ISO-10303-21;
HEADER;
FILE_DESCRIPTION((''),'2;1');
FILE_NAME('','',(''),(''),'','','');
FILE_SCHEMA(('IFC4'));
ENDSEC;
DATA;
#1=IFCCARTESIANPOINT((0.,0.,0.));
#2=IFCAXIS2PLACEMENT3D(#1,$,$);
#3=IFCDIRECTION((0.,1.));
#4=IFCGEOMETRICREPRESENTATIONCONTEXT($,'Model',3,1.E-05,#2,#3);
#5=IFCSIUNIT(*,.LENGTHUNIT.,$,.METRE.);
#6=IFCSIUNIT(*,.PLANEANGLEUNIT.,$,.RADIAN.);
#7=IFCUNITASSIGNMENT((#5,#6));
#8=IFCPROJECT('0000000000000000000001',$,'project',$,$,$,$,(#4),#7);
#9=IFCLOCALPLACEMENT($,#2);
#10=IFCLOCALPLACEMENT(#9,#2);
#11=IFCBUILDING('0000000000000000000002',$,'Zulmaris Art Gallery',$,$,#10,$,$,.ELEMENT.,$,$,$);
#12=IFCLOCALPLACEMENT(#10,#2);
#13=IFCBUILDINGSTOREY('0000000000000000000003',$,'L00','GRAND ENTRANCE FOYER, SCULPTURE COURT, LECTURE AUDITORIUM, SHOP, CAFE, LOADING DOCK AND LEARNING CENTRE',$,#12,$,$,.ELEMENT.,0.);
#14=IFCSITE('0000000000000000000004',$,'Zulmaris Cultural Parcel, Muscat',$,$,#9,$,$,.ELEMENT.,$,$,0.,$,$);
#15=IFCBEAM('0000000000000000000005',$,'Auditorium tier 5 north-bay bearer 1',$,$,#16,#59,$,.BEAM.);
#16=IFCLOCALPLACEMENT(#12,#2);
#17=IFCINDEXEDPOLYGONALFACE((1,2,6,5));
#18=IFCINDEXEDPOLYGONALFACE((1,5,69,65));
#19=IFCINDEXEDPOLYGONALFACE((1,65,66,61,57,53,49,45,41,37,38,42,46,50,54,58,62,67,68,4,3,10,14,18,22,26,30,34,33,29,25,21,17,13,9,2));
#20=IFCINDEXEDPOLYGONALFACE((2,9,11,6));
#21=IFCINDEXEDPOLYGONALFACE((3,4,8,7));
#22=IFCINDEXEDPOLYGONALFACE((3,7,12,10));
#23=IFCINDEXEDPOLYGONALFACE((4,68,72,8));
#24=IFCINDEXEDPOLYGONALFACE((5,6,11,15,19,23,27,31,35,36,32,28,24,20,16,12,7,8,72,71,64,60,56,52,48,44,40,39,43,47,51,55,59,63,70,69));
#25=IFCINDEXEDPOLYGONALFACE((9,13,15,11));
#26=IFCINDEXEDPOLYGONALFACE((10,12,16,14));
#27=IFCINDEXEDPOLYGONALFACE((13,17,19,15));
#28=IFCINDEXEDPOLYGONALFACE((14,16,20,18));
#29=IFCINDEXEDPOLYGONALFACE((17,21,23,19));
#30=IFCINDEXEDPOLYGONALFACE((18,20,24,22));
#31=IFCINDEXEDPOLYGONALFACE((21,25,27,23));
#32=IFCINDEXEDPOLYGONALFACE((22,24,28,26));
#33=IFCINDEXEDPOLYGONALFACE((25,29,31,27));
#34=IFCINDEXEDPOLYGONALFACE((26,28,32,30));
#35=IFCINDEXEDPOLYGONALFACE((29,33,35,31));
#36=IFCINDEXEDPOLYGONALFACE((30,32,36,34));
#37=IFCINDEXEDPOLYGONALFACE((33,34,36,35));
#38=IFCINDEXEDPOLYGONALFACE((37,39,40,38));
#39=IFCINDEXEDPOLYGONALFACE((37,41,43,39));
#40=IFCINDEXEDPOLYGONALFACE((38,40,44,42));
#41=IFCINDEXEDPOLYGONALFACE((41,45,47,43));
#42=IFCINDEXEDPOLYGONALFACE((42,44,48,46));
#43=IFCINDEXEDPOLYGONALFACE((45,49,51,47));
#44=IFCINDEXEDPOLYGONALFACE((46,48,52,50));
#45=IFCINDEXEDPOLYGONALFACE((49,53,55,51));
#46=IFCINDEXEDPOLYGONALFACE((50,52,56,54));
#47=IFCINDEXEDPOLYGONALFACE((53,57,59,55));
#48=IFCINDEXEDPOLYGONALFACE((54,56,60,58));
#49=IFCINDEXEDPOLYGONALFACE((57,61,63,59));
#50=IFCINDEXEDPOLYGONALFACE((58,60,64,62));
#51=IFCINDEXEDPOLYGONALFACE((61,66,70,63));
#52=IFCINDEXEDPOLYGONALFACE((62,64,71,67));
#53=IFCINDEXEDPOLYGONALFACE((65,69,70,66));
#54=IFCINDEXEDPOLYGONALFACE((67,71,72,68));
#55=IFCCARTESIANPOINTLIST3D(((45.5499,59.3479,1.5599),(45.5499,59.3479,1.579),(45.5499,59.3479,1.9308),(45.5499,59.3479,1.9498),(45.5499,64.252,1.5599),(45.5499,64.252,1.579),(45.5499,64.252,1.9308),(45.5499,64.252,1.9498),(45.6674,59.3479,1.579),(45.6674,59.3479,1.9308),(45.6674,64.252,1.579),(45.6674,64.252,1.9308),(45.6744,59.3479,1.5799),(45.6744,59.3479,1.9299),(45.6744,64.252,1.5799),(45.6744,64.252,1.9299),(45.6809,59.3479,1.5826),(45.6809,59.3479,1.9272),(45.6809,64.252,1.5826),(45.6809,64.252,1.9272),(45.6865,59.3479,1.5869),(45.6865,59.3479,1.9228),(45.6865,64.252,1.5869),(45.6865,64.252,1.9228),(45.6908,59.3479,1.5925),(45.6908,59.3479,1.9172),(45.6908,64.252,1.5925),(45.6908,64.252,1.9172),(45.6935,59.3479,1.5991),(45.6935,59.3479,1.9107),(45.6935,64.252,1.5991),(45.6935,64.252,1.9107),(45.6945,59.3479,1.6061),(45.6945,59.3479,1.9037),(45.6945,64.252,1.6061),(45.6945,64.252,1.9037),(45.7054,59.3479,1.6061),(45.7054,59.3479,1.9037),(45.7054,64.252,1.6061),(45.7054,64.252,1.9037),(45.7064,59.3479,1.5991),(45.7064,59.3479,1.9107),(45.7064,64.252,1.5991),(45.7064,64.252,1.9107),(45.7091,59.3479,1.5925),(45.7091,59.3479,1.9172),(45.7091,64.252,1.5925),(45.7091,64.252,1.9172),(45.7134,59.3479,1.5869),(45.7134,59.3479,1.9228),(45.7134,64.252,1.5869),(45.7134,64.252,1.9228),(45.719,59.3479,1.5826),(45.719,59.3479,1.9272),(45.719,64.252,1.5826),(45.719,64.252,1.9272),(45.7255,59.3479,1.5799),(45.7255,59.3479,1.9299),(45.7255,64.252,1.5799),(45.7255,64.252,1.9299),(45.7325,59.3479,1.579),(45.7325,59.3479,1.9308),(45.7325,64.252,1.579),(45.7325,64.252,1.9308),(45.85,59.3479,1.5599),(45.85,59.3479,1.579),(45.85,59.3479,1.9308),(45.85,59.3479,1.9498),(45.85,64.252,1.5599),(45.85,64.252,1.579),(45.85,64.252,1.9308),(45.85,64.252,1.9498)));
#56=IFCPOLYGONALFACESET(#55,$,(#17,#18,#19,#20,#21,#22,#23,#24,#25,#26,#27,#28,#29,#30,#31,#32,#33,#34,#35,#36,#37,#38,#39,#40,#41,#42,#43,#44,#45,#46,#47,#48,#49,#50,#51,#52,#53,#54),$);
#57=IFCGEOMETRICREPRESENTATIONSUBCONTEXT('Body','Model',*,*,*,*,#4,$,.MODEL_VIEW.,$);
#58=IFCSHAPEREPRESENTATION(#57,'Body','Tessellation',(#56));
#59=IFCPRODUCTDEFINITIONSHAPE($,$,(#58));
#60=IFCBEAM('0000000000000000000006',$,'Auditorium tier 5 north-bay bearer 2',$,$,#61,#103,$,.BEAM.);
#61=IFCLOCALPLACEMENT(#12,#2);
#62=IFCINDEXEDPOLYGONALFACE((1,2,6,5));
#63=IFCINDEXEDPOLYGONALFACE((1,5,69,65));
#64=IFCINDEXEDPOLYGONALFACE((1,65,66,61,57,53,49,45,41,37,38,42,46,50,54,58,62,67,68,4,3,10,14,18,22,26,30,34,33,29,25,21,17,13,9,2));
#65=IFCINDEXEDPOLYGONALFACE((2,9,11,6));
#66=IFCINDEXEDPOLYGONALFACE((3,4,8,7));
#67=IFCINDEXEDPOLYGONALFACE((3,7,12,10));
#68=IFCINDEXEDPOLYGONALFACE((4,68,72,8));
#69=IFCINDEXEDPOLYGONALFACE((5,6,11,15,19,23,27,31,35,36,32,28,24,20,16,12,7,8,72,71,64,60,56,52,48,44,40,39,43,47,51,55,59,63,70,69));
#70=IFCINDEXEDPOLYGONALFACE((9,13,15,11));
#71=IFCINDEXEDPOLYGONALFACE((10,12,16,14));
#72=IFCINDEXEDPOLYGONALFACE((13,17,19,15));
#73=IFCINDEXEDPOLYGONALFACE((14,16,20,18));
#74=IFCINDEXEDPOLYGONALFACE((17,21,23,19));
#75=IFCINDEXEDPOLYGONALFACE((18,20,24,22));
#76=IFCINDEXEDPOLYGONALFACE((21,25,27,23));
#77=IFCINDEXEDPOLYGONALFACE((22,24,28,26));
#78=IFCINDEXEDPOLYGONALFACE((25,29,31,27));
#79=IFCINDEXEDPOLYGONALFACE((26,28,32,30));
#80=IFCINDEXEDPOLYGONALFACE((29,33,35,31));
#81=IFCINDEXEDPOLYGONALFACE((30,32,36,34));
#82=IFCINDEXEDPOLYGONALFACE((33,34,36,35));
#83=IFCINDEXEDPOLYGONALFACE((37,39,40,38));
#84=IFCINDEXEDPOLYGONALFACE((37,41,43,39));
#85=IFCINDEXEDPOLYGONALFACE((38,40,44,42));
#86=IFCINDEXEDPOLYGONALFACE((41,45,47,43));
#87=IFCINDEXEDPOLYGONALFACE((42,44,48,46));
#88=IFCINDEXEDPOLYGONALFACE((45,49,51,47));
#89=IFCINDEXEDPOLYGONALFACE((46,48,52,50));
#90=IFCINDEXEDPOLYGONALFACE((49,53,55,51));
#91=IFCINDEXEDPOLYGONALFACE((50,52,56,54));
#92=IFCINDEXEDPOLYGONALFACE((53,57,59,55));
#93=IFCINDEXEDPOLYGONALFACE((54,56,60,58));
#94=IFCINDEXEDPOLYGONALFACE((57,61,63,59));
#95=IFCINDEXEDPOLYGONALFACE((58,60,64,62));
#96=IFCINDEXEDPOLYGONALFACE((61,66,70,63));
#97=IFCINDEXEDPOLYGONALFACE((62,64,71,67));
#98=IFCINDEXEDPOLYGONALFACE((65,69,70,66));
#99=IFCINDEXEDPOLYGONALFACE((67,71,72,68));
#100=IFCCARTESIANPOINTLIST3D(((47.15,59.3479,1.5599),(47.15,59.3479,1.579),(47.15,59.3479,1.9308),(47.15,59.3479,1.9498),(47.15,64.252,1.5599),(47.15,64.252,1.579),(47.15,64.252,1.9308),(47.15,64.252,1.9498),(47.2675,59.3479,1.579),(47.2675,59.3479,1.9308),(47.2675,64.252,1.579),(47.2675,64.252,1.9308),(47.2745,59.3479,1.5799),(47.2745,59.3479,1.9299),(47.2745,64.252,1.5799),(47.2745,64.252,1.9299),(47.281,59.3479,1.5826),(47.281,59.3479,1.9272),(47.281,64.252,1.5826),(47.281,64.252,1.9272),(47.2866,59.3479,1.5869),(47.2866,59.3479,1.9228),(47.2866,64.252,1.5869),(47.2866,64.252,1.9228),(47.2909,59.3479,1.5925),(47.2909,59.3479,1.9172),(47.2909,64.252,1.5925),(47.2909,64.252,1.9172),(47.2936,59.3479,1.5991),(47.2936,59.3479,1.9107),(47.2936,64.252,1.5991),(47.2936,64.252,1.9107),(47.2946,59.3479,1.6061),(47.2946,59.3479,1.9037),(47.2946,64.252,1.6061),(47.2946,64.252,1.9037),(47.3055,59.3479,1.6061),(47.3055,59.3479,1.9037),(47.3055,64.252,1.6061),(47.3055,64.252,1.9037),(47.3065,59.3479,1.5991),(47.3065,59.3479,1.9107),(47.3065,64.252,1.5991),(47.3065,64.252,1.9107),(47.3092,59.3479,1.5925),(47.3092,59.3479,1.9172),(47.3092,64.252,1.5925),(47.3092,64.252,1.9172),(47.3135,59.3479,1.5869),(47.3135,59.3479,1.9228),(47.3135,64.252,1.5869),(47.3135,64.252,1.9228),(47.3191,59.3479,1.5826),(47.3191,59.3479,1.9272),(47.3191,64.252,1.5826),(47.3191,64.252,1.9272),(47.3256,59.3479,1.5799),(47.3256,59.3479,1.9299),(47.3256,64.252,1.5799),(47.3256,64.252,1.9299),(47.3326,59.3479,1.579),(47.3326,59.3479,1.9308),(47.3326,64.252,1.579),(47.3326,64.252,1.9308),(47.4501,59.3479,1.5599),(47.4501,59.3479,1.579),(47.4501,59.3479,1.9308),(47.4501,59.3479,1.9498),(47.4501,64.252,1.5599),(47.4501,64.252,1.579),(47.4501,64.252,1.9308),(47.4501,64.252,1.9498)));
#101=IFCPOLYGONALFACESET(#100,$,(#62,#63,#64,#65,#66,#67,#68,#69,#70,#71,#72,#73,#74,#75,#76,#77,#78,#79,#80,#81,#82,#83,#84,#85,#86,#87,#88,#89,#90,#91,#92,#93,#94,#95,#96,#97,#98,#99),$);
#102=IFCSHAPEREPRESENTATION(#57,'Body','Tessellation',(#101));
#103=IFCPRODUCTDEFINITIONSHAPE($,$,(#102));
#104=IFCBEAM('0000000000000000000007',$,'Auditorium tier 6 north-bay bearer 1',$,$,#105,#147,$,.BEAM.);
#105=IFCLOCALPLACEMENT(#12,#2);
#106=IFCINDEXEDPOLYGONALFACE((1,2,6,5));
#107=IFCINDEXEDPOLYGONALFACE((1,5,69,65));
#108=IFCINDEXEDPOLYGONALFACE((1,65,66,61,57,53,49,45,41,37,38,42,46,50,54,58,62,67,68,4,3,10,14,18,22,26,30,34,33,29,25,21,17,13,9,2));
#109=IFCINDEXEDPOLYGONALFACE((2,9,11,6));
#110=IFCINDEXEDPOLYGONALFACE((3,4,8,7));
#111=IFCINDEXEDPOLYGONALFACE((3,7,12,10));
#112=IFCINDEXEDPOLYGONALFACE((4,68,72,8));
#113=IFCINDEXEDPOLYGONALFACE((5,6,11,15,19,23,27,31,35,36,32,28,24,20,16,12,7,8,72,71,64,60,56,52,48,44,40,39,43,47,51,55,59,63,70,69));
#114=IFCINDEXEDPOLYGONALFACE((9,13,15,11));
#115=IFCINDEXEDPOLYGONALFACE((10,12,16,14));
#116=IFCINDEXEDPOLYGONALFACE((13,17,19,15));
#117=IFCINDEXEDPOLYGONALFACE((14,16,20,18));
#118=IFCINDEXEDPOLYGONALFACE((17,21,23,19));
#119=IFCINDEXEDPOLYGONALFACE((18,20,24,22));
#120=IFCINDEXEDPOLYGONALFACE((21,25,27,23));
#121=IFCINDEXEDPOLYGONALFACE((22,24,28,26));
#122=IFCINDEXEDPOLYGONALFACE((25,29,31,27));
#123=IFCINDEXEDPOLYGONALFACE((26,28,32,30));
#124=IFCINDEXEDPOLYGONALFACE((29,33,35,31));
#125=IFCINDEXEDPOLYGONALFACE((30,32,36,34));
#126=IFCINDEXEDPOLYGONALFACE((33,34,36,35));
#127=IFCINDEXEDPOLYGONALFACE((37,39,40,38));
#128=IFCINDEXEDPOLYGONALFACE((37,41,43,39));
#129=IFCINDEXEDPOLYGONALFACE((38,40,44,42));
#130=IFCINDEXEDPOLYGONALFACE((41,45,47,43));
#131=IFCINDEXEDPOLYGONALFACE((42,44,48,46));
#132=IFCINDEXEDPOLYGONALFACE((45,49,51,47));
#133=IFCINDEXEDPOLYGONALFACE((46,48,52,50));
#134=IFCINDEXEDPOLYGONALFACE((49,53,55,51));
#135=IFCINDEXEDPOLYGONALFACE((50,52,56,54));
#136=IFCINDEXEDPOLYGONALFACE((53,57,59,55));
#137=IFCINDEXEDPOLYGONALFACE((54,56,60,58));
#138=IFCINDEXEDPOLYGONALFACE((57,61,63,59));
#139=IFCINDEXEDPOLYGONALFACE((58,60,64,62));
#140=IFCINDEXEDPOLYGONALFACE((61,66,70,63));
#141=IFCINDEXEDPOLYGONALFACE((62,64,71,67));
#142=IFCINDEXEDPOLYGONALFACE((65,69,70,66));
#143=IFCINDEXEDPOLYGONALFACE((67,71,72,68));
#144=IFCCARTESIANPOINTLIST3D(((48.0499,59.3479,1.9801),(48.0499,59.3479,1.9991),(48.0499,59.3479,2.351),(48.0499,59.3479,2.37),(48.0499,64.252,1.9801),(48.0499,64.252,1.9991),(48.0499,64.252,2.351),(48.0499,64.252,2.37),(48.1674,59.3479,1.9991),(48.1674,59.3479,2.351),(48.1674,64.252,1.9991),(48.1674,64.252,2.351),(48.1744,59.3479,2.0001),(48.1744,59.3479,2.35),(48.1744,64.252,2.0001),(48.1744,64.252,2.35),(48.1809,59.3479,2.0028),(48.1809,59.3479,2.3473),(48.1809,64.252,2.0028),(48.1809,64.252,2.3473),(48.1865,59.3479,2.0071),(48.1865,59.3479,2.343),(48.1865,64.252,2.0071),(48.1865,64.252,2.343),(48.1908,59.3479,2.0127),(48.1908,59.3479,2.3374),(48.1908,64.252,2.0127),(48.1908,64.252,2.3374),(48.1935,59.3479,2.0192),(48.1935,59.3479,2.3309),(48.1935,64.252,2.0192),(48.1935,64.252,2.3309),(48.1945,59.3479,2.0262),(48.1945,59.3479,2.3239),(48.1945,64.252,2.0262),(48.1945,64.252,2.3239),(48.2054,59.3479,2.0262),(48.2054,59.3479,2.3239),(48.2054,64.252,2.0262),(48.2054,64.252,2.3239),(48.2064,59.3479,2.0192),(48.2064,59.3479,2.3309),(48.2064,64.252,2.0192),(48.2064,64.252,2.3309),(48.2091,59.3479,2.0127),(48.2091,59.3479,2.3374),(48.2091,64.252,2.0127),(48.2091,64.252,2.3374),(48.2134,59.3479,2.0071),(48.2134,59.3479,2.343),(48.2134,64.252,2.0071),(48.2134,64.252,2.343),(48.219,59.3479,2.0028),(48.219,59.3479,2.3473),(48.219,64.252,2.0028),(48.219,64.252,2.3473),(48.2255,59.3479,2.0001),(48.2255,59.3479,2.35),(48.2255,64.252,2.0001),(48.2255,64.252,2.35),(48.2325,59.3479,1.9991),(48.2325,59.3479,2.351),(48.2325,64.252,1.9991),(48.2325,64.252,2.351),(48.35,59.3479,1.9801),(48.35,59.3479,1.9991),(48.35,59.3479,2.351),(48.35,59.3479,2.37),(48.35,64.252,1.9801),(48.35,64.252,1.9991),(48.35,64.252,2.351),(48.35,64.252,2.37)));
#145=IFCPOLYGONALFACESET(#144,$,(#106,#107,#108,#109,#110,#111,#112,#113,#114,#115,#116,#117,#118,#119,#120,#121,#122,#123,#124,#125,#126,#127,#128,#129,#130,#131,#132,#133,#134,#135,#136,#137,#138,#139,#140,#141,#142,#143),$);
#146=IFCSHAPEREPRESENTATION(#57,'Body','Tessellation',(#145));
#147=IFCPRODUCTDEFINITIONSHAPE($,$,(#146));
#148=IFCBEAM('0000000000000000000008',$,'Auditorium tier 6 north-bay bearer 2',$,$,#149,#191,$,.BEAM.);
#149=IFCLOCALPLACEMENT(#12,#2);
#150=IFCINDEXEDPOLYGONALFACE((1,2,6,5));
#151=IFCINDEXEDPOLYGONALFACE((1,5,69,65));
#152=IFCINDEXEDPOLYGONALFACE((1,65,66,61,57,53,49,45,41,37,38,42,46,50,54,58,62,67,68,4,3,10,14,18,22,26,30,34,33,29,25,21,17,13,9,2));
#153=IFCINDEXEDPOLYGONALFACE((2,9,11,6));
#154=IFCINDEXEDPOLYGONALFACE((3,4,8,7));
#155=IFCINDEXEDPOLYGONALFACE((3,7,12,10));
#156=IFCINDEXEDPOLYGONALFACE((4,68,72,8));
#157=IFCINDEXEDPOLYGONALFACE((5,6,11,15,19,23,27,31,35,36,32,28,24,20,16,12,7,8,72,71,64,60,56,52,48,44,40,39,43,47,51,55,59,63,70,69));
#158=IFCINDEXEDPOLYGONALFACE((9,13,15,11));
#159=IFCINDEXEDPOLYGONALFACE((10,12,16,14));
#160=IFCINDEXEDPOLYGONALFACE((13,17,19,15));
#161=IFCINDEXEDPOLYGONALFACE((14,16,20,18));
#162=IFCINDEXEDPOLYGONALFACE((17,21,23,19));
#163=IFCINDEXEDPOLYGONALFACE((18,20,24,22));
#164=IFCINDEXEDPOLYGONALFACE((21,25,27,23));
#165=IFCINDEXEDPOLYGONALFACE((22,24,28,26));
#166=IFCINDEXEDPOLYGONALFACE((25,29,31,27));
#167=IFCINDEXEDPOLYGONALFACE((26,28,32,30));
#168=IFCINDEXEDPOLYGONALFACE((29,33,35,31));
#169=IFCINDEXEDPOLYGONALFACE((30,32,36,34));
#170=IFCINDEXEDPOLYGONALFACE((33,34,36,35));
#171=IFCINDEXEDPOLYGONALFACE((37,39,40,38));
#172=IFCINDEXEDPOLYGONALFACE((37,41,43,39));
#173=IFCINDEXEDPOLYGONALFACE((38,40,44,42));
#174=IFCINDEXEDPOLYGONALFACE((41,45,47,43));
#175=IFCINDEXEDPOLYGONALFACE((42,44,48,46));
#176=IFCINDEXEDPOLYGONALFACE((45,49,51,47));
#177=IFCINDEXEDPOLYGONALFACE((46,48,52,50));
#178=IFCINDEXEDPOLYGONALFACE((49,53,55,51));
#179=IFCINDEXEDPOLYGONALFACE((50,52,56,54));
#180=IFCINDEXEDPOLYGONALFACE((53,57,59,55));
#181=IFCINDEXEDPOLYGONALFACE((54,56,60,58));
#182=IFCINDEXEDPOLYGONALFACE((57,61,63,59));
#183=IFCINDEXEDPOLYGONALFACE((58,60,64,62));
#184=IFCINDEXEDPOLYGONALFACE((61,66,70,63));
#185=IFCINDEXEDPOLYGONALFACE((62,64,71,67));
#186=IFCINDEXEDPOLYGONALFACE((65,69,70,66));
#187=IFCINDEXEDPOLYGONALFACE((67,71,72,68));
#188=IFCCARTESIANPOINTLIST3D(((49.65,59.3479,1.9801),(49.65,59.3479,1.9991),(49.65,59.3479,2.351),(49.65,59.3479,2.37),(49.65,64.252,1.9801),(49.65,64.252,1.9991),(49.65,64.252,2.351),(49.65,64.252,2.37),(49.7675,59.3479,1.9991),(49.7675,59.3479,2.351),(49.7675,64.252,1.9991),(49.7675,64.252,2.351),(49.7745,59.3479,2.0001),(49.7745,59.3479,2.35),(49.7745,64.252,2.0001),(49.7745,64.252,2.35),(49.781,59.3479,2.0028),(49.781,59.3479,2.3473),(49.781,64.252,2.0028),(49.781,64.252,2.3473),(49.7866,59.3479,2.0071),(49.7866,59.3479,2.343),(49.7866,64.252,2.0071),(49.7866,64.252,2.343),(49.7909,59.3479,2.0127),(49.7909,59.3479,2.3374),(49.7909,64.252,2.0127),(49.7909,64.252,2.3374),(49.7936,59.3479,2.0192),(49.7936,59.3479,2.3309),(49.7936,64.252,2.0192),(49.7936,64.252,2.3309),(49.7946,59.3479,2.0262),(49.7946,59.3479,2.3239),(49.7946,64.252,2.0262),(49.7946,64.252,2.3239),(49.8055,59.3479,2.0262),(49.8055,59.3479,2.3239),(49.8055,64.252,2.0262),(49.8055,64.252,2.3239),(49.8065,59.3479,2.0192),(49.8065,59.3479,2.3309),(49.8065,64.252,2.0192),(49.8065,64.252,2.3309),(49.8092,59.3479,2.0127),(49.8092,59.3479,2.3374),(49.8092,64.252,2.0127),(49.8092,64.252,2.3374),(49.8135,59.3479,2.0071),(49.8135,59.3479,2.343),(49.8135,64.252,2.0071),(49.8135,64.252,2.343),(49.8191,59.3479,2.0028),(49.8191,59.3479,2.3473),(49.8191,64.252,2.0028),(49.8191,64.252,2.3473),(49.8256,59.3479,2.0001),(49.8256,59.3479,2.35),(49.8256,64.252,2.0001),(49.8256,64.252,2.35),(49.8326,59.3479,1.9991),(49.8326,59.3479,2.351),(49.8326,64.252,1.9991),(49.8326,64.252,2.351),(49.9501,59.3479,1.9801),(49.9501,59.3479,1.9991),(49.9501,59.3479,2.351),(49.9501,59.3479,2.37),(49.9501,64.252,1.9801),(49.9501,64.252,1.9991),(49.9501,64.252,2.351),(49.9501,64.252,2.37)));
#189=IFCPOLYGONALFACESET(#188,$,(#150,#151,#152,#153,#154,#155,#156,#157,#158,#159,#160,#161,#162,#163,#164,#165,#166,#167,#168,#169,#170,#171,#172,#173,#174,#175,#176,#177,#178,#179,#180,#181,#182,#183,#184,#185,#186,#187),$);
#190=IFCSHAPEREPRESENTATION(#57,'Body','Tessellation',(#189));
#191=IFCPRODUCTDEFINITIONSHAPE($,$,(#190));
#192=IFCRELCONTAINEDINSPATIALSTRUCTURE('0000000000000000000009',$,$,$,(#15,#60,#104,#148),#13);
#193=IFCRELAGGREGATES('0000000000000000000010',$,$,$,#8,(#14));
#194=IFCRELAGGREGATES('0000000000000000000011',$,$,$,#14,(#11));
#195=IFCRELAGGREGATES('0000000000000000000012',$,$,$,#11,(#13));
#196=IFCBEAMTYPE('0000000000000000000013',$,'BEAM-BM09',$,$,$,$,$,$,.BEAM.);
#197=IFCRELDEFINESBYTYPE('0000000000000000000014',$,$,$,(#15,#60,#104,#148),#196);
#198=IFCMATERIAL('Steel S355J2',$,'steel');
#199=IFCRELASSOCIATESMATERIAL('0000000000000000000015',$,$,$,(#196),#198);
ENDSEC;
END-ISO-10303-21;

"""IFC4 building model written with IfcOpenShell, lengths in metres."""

from ifc_helpers import new_model, si_unit, direction, frame, origin, origin_2d, place, context, subcontext, project, spatial, i_section, extrude, material, material_profile, profile_set, type_object, element, save


model = new_model("IFC4")

# Units and contexts
model_context = context("Model", 3, precision=1e-05, world=origin(), true_north=direction((0.0, 1.0)))
body_context = subcontext(model_context, "Body", "Model", "MODEL_VIEW")
ifc_project = project(units=[si_unit("LENGTHUNIT", "METRE"), si_unit("PLANEANGLEUNIT", "RADIAN")], contexts=[model_context])

# Site, building, storey
site_placement = place(None, origin())
site = spatial("IfcSite", under=ifc_project, at=site_placement, Name="Zulmaris Cultural Parcel, Muscat", CompositionType="ELEMENT", RefElevation=0.0)
building_placement = place(site_placement, origin())
building = spatial("IfcBuilding", under=site, at=building_placement, Name="Zulmaris Art Gallery", CompositionType="ELEMENT")
storey_placement = place(building_placement, origin())
storey = spatial("IfcBuildingStorey", under=building, at=storey_placement, Name="L00", Description="GRAND ENTRANCE FOYER, SCULPTURE COURT, LECTURE AUDITORIUM, SHOP, CAFE, LOADING DOCK AND LEARNING CENTRE", CompositionType="ELEMENT", Elevation=0.0)

# Beams
ifc_material_1 = material(Name="Steel S355J2", Category="steel")
ifc_material_profile_1 = material_profile(ifc_material_1, i_section(OverallWidth=0.3, OverallDepth=0.3899, WebThickness=0.011, FlangeThickness=0.019, FilletRadius=0.0271, at=origin_2d()), Name="HEA 400")
ifc_profile_set_1 = profile_set([ifc_material_profile_1], Name="Steel S355J2")
beam_type_1 = type_object("IfcBeamType", Name="BEAM-BM09", PredefinedType="BEAM", material=ifc_profile_set_1)
for number, where, z_axis, x_axis, name in (
    (1, (45.7, 59.3479, 1.7549), (0.0, 1.0, 0.0), (-1.0, 0.0, 0.0), "Auditorium tier 5 north-bay bearer 1"),
    (2, (47.3, 59.3479, 1.7549), (0.0, 1.0, 0.0), (-1.0, 0.0, 0.0), "Auditorium tier 5 north-bay bearer 2"),
    (3, (48.2, 59.3479, 2.175), (0.0, 1.0, 0.0), (-1.0, 0.0, 0.0), "Auditorium tier 6 north-bay bearer 1"),
    (4, (49.8, 59.3479, 2.175), (0.0, 1.0, 0.0), (-1.0, 0.0, 0.0), "Auditorium tier 6 north-bay bearer 2"),
):
    element("IfcBeam", number, at=place(storey_placement, frame(where, z_axis=z_axis, x_axis=x_axis)), inside=storey, type_object=beam_type_1, Name=name, PredefinedType="BEAM", context=body_context, shape_type="SweptSolid", body=[
        extrude(i_section(OverallWidth=0.3, OverallDepth=0.3899, WebThickness=0.011, FlangeThickness=0.019, FilletRadius=0.0271, at=origin_2d()), origin(), (0.0, 0.0, 1.0), 4.9041),
    ])

save(model, "model.ifc")
